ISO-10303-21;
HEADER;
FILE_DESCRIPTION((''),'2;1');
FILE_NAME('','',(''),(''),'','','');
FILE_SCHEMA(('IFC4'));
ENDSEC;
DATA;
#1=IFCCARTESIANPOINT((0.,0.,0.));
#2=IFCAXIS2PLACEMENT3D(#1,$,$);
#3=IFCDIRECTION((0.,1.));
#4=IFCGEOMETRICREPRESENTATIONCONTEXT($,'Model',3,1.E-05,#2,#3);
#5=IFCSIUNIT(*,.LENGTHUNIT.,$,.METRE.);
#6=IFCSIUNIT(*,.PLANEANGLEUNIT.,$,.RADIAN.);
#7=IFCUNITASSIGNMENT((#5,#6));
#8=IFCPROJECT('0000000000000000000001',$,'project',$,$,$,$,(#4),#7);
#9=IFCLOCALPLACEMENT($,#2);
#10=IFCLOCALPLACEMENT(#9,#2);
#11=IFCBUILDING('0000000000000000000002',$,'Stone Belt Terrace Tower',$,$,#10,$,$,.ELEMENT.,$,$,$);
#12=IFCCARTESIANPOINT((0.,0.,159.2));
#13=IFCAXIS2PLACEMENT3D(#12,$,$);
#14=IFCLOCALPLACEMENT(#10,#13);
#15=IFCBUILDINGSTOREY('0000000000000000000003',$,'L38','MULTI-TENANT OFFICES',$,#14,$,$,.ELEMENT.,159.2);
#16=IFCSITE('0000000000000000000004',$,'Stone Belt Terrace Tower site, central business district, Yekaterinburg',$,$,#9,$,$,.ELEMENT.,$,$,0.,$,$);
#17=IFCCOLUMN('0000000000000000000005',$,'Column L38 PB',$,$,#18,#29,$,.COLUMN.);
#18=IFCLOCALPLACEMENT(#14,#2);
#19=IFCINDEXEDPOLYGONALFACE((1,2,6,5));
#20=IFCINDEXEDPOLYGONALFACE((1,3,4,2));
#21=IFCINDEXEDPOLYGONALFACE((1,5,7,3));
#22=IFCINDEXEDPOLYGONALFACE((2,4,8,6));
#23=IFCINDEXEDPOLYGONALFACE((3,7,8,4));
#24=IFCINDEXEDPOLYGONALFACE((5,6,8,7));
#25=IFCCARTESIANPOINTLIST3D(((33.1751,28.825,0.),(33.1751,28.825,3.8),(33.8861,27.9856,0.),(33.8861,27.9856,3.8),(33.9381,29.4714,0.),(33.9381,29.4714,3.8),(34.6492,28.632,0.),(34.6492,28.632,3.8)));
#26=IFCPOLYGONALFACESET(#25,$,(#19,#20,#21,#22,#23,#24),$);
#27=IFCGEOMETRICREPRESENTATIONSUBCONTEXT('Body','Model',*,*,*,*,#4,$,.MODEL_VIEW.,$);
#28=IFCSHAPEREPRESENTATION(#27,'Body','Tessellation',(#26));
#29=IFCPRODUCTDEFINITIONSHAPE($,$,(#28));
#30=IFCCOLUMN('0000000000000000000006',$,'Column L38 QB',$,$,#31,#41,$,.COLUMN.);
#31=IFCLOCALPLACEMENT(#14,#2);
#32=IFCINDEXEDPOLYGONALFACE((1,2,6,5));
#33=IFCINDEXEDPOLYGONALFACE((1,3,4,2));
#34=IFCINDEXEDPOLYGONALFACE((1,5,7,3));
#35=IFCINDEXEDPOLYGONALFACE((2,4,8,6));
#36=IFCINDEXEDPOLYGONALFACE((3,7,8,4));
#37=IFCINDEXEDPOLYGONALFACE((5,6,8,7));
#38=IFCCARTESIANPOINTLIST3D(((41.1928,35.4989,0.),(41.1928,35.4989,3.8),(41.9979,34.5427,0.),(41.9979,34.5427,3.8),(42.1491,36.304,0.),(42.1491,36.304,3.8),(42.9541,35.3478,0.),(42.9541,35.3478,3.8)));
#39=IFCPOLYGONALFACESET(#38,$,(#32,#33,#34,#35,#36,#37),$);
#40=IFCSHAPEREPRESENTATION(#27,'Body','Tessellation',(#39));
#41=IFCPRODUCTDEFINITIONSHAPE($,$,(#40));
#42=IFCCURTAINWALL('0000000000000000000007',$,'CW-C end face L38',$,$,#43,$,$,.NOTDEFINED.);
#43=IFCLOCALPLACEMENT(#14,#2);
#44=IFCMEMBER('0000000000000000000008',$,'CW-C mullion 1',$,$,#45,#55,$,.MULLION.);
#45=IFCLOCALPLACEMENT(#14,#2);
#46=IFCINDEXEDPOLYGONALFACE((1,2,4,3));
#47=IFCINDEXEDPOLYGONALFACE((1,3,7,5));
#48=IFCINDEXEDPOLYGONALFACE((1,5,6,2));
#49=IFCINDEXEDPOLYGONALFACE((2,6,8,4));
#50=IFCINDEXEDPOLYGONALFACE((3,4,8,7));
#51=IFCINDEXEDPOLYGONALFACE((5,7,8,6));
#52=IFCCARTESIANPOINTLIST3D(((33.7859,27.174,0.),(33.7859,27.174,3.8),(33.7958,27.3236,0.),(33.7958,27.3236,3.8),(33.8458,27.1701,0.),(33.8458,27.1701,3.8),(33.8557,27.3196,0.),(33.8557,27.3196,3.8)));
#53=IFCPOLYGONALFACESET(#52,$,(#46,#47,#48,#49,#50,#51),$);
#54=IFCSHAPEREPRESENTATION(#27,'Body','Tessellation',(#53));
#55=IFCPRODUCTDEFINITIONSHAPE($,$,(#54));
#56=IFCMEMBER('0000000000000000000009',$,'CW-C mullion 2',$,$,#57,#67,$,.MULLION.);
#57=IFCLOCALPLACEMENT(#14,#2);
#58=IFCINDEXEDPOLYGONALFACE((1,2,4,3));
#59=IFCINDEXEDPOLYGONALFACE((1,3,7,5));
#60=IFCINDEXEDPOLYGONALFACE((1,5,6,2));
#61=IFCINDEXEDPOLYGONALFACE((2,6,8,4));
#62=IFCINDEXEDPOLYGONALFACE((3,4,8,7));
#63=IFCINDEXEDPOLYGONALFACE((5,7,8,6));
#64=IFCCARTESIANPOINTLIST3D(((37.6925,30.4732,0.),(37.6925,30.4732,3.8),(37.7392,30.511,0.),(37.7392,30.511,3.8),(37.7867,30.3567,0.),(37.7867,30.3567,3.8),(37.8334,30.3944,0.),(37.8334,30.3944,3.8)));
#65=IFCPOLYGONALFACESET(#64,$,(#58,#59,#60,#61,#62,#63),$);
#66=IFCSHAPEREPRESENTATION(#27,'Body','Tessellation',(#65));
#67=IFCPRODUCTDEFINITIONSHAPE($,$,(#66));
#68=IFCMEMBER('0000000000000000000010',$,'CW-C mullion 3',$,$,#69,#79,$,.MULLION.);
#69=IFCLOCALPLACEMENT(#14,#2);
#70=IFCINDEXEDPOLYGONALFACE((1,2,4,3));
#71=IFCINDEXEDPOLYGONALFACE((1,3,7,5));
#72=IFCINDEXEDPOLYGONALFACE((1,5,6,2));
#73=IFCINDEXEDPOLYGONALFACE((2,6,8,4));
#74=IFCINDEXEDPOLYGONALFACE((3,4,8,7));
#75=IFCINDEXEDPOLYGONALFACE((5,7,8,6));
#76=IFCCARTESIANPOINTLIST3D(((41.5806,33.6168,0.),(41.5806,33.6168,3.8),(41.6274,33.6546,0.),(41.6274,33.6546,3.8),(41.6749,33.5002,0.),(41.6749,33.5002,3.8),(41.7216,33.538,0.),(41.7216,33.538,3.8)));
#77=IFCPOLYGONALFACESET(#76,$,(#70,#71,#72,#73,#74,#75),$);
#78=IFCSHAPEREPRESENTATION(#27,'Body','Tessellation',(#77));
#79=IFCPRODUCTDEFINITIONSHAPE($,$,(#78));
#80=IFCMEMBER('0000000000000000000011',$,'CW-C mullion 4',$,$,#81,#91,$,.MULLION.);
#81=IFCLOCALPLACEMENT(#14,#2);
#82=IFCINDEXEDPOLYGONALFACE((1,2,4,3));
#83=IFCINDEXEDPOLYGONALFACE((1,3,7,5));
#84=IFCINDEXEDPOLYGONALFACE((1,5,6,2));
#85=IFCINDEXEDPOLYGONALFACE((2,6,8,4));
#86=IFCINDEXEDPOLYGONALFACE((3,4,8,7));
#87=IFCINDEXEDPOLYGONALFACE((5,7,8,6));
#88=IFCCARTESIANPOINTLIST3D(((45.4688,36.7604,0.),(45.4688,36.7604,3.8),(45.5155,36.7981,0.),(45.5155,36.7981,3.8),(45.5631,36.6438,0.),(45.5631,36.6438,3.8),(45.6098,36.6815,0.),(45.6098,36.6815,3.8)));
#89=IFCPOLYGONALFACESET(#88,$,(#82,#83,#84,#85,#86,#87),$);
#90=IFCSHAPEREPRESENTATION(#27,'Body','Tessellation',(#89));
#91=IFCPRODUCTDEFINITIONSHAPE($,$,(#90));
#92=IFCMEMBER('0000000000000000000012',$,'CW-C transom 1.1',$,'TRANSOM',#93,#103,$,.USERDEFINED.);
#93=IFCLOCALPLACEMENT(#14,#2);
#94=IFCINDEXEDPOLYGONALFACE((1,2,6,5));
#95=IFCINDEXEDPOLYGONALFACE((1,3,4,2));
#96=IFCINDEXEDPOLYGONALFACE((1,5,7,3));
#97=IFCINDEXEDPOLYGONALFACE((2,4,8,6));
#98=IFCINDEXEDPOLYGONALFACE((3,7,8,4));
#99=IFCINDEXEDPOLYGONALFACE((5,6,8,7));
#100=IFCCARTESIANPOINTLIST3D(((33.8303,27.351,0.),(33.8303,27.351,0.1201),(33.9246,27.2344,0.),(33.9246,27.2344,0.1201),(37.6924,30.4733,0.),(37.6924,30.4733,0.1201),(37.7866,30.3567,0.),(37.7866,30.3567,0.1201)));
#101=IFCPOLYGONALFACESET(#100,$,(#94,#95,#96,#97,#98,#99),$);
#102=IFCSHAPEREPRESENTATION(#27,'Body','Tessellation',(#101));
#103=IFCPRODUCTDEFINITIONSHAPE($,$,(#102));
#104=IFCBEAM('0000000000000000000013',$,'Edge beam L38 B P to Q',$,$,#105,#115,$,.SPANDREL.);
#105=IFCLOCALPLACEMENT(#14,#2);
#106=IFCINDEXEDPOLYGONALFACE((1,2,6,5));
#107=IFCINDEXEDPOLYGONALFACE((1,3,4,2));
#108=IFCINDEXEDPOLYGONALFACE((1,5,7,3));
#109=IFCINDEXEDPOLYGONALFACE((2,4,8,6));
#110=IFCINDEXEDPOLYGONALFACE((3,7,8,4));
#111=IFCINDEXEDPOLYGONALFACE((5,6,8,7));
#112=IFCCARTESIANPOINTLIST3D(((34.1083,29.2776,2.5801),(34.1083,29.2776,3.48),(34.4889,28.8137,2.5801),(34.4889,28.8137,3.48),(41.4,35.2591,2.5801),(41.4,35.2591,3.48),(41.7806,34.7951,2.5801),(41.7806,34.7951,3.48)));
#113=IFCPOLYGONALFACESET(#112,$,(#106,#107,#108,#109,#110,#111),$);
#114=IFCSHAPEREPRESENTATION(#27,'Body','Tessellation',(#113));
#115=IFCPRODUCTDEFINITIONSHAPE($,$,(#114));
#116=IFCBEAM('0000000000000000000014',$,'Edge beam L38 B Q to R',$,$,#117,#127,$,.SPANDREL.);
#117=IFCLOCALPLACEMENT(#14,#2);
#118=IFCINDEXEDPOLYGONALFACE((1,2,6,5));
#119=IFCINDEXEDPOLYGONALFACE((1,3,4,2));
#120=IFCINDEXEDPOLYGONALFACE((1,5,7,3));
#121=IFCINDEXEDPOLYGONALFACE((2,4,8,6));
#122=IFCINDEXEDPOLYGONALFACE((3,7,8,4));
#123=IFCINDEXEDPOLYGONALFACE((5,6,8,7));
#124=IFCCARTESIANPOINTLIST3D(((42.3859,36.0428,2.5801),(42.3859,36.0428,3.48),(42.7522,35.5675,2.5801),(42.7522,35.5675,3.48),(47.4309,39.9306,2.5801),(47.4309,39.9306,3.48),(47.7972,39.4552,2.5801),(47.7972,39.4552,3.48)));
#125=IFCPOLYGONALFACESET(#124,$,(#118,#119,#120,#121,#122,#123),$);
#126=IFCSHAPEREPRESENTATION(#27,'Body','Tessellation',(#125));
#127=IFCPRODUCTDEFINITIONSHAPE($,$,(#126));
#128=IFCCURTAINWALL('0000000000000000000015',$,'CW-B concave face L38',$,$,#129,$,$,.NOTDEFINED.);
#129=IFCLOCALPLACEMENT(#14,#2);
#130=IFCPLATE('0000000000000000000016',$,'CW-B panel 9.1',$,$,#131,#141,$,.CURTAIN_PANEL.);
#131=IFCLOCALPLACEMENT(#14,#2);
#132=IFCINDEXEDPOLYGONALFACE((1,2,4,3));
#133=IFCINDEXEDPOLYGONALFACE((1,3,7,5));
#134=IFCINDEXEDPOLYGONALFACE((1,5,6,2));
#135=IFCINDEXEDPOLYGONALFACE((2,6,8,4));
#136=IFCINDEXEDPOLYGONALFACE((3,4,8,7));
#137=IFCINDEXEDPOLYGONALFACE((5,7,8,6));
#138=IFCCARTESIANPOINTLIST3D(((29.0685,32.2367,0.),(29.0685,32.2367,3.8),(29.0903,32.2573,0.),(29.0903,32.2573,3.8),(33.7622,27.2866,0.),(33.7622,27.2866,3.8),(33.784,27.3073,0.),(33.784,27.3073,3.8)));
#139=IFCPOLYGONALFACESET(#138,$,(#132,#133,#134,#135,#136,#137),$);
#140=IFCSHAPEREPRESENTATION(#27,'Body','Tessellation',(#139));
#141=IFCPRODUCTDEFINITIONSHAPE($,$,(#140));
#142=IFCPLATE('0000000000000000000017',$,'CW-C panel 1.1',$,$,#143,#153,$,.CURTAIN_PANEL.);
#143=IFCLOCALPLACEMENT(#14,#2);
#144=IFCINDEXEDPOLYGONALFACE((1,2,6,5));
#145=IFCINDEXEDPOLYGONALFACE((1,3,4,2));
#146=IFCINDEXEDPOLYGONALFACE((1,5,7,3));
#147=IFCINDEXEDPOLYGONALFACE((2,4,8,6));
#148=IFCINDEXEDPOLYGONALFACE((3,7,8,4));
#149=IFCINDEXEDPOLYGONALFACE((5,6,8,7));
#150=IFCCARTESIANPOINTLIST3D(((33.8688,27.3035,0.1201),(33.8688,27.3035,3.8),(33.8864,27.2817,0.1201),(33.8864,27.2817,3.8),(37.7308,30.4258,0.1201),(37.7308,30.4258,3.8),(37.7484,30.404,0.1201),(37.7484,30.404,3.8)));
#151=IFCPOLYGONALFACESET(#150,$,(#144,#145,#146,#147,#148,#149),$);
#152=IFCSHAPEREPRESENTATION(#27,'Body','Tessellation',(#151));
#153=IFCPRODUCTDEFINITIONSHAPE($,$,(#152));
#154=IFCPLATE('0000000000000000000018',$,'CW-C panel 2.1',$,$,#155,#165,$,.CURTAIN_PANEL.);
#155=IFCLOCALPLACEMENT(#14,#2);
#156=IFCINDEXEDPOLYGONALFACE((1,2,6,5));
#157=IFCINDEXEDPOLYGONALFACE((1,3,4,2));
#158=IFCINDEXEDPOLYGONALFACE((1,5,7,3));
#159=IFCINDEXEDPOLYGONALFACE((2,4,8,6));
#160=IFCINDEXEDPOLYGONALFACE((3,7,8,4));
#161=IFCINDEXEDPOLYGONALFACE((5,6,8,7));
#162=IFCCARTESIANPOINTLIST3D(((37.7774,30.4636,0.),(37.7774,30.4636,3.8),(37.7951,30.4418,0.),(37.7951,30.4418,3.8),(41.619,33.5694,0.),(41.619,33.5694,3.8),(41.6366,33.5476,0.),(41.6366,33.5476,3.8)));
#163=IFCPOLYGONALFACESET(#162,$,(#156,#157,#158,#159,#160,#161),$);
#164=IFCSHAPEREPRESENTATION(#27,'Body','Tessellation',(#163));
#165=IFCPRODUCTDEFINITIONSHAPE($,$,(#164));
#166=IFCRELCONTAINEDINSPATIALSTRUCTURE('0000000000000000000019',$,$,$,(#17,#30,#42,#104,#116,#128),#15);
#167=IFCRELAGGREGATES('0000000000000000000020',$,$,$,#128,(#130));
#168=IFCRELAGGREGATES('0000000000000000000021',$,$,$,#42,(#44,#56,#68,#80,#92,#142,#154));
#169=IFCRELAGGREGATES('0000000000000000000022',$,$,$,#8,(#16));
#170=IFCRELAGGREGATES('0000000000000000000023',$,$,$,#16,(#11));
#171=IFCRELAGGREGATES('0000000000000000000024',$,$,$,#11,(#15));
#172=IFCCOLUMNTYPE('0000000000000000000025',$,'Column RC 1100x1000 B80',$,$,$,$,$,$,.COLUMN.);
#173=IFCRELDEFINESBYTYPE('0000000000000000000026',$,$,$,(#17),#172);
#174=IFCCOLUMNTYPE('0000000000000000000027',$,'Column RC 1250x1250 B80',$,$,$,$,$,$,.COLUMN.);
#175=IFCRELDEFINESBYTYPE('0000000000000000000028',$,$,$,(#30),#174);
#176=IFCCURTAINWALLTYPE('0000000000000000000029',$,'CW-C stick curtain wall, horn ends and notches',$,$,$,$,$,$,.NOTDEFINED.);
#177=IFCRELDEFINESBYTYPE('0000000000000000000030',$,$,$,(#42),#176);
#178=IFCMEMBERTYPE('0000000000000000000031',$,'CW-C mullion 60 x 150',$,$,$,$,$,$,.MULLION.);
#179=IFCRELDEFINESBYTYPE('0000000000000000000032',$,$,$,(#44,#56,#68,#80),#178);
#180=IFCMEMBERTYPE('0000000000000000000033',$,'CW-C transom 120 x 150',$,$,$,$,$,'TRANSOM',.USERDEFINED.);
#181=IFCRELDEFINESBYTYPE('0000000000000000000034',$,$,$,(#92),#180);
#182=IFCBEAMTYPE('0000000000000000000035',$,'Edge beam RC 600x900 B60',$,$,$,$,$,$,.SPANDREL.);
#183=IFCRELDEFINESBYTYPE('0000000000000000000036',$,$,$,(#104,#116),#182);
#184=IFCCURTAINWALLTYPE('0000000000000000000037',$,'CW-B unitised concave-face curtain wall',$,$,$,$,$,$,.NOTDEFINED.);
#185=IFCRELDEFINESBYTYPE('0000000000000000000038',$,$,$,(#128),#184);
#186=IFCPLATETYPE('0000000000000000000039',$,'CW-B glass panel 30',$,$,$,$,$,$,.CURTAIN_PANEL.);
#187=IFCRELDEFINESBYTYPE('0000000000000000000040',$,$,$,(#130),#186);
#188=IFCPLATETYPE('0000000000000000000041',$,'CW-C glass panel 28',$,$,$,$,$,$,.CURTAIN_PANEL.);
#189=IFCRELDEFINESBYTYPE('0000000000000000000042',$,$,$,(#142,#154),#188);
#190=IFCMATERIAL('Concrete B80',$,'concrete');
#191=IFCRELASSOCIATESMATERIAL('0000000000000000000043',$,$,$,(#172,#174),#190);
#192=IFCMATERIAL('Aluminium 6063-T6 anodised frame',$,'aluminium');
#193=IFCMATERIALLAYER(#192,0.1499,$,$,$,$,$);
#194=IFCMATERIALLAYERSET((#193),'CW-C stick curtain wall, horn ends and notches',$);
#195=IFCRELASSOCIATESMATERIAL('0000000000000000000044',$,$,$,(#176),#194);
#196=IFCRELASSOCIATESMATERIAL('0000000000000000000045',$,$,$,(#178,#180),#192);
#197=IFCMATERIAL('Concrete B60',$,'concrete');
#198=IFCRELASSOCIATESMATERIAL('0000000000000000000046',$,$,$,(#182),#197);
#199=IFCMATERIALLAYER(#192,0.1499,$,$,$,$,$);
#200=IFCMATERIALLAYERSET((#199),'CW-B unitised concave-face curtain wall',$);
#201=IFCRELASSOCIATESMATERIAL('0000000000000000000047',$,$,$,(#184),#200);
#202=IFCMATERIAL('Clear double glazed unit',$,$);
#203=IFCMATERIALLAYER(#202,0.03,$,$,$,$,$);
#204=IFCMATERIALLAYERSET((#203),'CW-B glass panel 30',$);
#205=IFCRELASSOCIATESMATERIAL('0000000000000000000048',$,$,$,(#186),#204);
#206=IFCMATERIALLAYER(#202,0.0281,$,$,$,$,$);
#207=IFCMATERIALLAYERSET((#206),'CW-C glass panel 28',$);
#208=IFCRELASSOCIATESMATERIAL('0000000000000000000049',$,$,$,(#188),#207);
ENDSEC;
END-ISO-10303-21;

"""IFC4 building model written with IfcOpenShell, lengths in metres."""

from ifc_helpers import new_model, si_unit, direction, frame, origin, origin_2d, place, context, subcontext, project, spatial, rectangle, extrude, material, layer, layer_set, material_profile, profile_set, type_object, element, aggregate, save


model = new_model("IFC4")

# Units and contexts
model_context = context("Model", 3, precision=1e-05, world=origin(), true_north=direction((0.0, 1.0)))
body_context = subcontext(model_context, "Body", "Model", "MODEL_VIEW")
ifc_project = project(units=[si_unit("LENGTHUNIT", "METRE"), si_unit("PLANEANGLEUNIT", "RADIAN")], contexts=[model_context])

# Site, building, storey
site_placement = place(None, origin())
site = spatial("IfcSite", under=ifc_project, at=site_placement, Name="Stone Belt Terrace Tower site, central business district, Yekaterinburg", CompositionType="ELEMENT", RefElevation=0.0)
building_placement = place(site_placement, origin())
building = spatial("IfcBuilding", under=site, at=building_placement, Name="Stone Belt Terrace Tower", CompositionType="ELEMENT")
storey_placement = place(building_placement, frame((0.0, 0.0, 159.2)))
storey = spatial("IfcBuildingStorey", under=building, at=storey_placement, Name="L38", Description="MULTI-TENANT OFFICES", CompositionType="ELEMENT", Elevation=159.2)

# Columns
ifc_material_1 = material(Name="Concrete B80", Category="concrete")
ifc_material_profile_1 = material_profile(ifc_material_1, rectangle(XDim=1.1001, YDim=1.0, at=origin_2d()), Name="RC 1100x1000")
ifc_profile_set_1 = profile_set([ifc_material_profile_1], Name="Concrete B80")
column_type_1 = type_object("IfcColumnType", Name="Column RC 1100x1000 B80", PredefinedType="COLUMN", material=ifc_profile_set_1)
column_1_placement = place(storey_placement, frame((33.9121, 28.7285, 0.0), z_axis=(0.0, 0.0, 1.0), x_axis=(0.646385, -0.763011, 0.0)))
element("IfcColumn", 1, at=column_1_placement, inside=storey, type_object=column_type_1, Name="Column L38 PB", PredefinedType="COLUMN", context=body_context, shape_type="SweptSolid", body=[
    extrude(rectangle(XDim=1.1001, YDim=1.0, at=origin_2d()), origin(), (0.0, 0.0, 1.0), 3.8),
])
ifc_material_profile_2 = material_profile(ifc_material_1, rectangle(XDim=1.25, YDim=1.25, at=origin_2d()), Name="RC 1250x1250")
ifc_profile_set_2 = profile_set([ifc_material_profile_2], Name="Concrete B80")
column_type_2 = type_object("IfcColumnType", Name="Column RC 1250x1250 B80", PredefinedType="COLUMN", material=ifc_profile_set_2)
column_2_placement = place(storey_placement, frame((42.0735, 35.4233, 0.0), z_axis=(0.0, 0.0, 1.0), x_axis=(0.644062, -0.764973, 0.0)))
element("IfcColumn", 2, at=column_2_placement, inside=storey, type_object=column_type_2, Name="Column L38 QB", PredefinedType="COLUMN", context=body_context, shape_type="SweptSolid", body=[
    extrude(rectangle(XDim=1.25, YDim=1.25, at=origin_2d()), origin(), (0.0, 0.0, 1.0), 3.8),
])

# Curtain wall, members
ifc_material_2 = material(Name="Aluminium 6063-T6 anodised frame", Category="aluminium")
ifc_layer_1 = layer(ifc_material_2, 0.1499)
ifc_layer_set_1 = layer_set([ifc_layer_1], Name="CW-C stick curtain wall, horn ends and notches")
curtain_wall_type_1 = type_object("IfcCurtainWallType", Name="CW-C stick curtain wall, horn ends and notches", PredefinedType="NOTDEFINED", material=ifc_layer_set_1)
curtain_wall_1_placement = place(storey_placement, origin())
curtain_wall_1 = element("IfcCurtainWall", 3, at=curtain_wall_1_placement, inside=storey, type_object=curtain_wall_type_1, Name="CW-C end face L38", PredefinedType="NOTDEFINED")
ifc_material_profile_3 = material_profile(ifc_material_2, rectangle(XDim=0.1499, YDim=0.0601, at=origin_2d()), Name="Aluminium 6063-T6 60x150")
ifc_profile_set_3 = profile_set([ifc_material_profile_3], Name="Aluminium 6063-T6 anodised frame")
member_type_1 = type_object("IfcMemberType", Name="CW-C mullion 60 x 150", PredefinedType="MULLION", material=ifc_profile_set_3)
member_1_placement = place(storey_placement, frame((33.8208, 27.2468, 0.0), z_axis=(0.0, 0.0, 1.0), x_axis=(0.065995, 0.99782, 0.0)))
member_1 = element("IfcMember", 4, at=member_1_placement, type_object=member_type_1, Name="CW-C mullion 1", PredefinedType="MULLION", context=body_context, shape_type="SweptSolid", body=[
    extrude(rectangle(XDim=0.1499, YDim=0.0601, at=origin_2d()), origin(), (0.0, 0.0, 1.0), 3.8),
])
member_2_placement = place(storey_placement, frame((37.7629, 30.4338, 0.0), z_axis=(0.0, 0.0, 1.0), x_axis=(-0.628705, 0.777644, 0.0)))
member_2 = element("IfcMember", 5, at=member_2_placement, type_object=member_type_1, Name="CW-C mullion 2", PredefinedType="MULLION", context=body_context, shape_type="SweptSolid", body=[
    extrude(rectangle(XDim=0.1499, YDim=0.0601, at=origin_2d()), origin(), (0.0, 0.0, 1.0), 3.8),
])
member_3_placement = place(storey_placement, frame((41.6511, 33.5774, 0.0), z_axis=(0.0, 0.0, 1.0), x_axis=(-0.628705, 0.777644, 0.0)))
member_3 = element("IfcMember", 6, at=member_3_placement, type_object=member_type_1, Name="CW-C mullion 3", PredefinedType="MULLION", context=body_context, shape_type="SweptSolid", body=[
    extrude(rectangle(XDim=0.1499, YDim=0.0601, at=origin_2d()), origin(), (0.0, 0.0, 1.0), 3.8),
])
member_4_placement = place(storey_placement, frame((45.5393, 36.7209, 0.0), z_axis=(0.0, 0.0, 1.0), x_axis=(-0.628705, 0.777644, 0.0)))
member_4 = element("IfcMember", 7, at=member_4_placement, type_object=member_type_1, Name="CW-C mullion 4", PredefinedType="MULLION", context=body_context, shape_type="SweptSolid", body=[
    extrude(rectangle(XDim=0.1499, YDim=0.0601, at=origin_2d()), origin(), (0.0, 0.0, 1.0), 3.8),
])
ifc_material_profile_4 = material_profile(ifc_material_2, rectangle(XDim=0.1499, YDim=0.1201, at=origin_2d()), Name="Aluminium 6063-T6 150x120")
ifc_profile_set_4 = profile_set([ifc_material_profile_4], Name="Aluminium 6063-T6 anodised frame")
member_type_2 = type_object("IfcMemberType", Name="CW-C transom 120 x 150", ElementType="TRANSOM", PredefinedType="USERDEFINED", material=ifc_profile_set_4)
member_5_placement = place(storey_placement, frame((33.8774, 27.2927, 0.0601), z_axis=(0.77765, 0.628697, 0.0), x_axis=(-0.628697, 0.77765, 0.0)))
member_5 = element("IfcMember", 8, at=member_5_placement, type_object=member_type_2, Name="CW-C transom 1.1", ObjectType="TRANSOM", PredefinedType="USERDEFINED", context=body_context, shape_type="SweptSolid", body=[
    extrude(rectangle(XDim=0.1499, YDim=0.1201, at=origin_2d()), origin(), (0.0, 0.0, 1.0), 4.9663),
])

# Beams
ifc_material_3 = material(Name="Concrete B60", Category="concrete")
ifc_material_profile_5 = material_profile(ifc_material_3, rectangle(XDim=0.6001, YDim=0.8999, at=origin_2d()), Name="RC 600x900")
ifc_profile_set_5 = profile_set([ifc_material_profile_5], Name="Concrete B60")
beam_type = type_object("IfcBeamType", Name="Edge beam RC 600x900 B60", PredefinedType="SPANDREL", material=ifc_profile_set_5)
beam_1_placement = place(storey_placement, frame((34.2986, 29.0457, 3.03), z_axis=(0.773153, 0.63422, 0.0), x_axis=(-0.63422, 0.773153, 0.0)))
element("IfcBeam", 9, at=beam_1_placement, inside=storey, type_object=beam_type, Name="Edge beam L38 B P to Q", PredefinedType="SPANDREL", context=body_context, shape_type="SweptSolid", body=[
    extrude(rectangle(XDim=0.6001, YDim=0.8999, at=origin_2d()), origin(), (0.0, 0.0, 1.0), 9.4312),
])
beam_2_placement = place(storey_placement, frame((42.5691, 35.8052, 3.03), z_axis=(0.792094, 0.6104, 0.0), x_axis=(-0.6104, 0.792094, 0.0)))
element("IfcBeam", 10, at=beam_2_placement, inside=storey, type_object=beam_type, Name="Edge beam L38 B Q to R", PredefinedType="SPANDREL", context=body_context, shape_type="SweptSolid", body=[
    extrude(rectangle(XDim=0.6001, YDim=0.8999, at=origin_2d()), origin(), (0.0, 0.0, 1.0), 6.3691),
])

# Curtain wall, plate
ifc_layer_2 = layer(ifc_material_2, 0.1499)
ifc_layer_set_2 = layer_set([ifc_layer_2], Name="CW-B unitised concave-face curtain wall")
curtain_wall_type_2 = type_object("IfcCurtainWallType", Name="CW-B unitised concave-face curtain wall", PredefinedType="NOTDEFINED", material=ifc_layer_set_2)
curtain_wall_2_placement = place(storey_placement, origin())
curtain_wall_2 = element("IfcCurtainWall", 11, at=curtain_wall_2_placement, inside=storey, type_object=curtain_wall_type_2, Name="CW-B concave face L38", PredefinedType="NOTDEFINED")
ifc_material_4 = material(Name="Clear double glazed unit")
ifc_layer_3 = layer(ifc_material_4, 0.03)
ifc_layer_set_3 = layer_set([ifc_layer_3], Name="CW-B glass panel 30")
plate_type_1 = type_object("IfcPlateType", Name="CW-B glass panel 30", PredefinedType="CURTAIN_PANEL", material=ifc_layer_set_3)
plate_1_placement = place(storey_placement, frame((31.4263, 29.772, 0.0), z_axis=(0.0, 0.0, 1.0), x_axis=(0.688068, -0.725647, 0.0)))
plate_1 = element("IfcPlate", 12, at=plate_1_placement, type_object=plate_type_1, Name="CW-B panel 9.1", PredefinedType="CURTAIN_PANEL", context=body_context, shape_type="SweptSolid", body=[
    extrude(rectangle(XDim=6.8215, YDim=0.03, at=origin_2d()), origin(), (0.0, 0.0, 1.0), 3.8),
])
aggregate(curtain_wall_2, [plate_1])

# Plates
ifc_layer_4 = layer(ifc_material_4, 0.0281)
ifc_layer_set_4 = layer_set([ifc_layer_4], Name="CW-C glass panel 28")
plate_type_2 = type_object("IfcPlateType", Name="CW-C glass panel 28", PredefinedType="CURTAIN_PANEL", material=ifc_layer_set_4)
plate_2_placement = place(storey_placement, frame((35.8086, 28.8538, 0.1201), z_axis=(0.0, 0.0, 1.0), x_axis=(0.777644, 0.628705, 0.0)))
plate_2 = element("IfcPlate", 13, at=plate_2_placement, type_object=plate_type_2, Name="CW-C panel 1.1", PredefinedType="CURTAIN_PANEL", context=body_context, shape_type="SweptSolid", body=[
    extrude(rectangle(XDim=4.9663, YDim=0.0281, at=origin_2d()), origin(), (0.0, 0.0, 1.0), 3.6799),
])
plate_3_placement = place(storey_placement, frame((39.707, 32.0056, 0.0), z_axis=(0.0, 0.0, 1.0), x_axis=(0.777644, 0.628705, 0.0)))
plate_3 = element("IfcPlate", 14, at=plate_3_placement, type_object=plate_type_2, Name="CW-C panel 2.1", PredefinedType="CURTAIN_PANEL", context=body_context, shape_type="SweptSolid", body=[
    extrude(rectangle(XDim=4.9399, YDim=0.0281, at=origin_2d()), origin(), (0.0, 0.0, 1.0), 3.8),
])
aggregate(curtain_wall_1, [member_1, member_2, member_3, member_4, member_5, plate_2, plate_3])

save(model, "model.ifc")
